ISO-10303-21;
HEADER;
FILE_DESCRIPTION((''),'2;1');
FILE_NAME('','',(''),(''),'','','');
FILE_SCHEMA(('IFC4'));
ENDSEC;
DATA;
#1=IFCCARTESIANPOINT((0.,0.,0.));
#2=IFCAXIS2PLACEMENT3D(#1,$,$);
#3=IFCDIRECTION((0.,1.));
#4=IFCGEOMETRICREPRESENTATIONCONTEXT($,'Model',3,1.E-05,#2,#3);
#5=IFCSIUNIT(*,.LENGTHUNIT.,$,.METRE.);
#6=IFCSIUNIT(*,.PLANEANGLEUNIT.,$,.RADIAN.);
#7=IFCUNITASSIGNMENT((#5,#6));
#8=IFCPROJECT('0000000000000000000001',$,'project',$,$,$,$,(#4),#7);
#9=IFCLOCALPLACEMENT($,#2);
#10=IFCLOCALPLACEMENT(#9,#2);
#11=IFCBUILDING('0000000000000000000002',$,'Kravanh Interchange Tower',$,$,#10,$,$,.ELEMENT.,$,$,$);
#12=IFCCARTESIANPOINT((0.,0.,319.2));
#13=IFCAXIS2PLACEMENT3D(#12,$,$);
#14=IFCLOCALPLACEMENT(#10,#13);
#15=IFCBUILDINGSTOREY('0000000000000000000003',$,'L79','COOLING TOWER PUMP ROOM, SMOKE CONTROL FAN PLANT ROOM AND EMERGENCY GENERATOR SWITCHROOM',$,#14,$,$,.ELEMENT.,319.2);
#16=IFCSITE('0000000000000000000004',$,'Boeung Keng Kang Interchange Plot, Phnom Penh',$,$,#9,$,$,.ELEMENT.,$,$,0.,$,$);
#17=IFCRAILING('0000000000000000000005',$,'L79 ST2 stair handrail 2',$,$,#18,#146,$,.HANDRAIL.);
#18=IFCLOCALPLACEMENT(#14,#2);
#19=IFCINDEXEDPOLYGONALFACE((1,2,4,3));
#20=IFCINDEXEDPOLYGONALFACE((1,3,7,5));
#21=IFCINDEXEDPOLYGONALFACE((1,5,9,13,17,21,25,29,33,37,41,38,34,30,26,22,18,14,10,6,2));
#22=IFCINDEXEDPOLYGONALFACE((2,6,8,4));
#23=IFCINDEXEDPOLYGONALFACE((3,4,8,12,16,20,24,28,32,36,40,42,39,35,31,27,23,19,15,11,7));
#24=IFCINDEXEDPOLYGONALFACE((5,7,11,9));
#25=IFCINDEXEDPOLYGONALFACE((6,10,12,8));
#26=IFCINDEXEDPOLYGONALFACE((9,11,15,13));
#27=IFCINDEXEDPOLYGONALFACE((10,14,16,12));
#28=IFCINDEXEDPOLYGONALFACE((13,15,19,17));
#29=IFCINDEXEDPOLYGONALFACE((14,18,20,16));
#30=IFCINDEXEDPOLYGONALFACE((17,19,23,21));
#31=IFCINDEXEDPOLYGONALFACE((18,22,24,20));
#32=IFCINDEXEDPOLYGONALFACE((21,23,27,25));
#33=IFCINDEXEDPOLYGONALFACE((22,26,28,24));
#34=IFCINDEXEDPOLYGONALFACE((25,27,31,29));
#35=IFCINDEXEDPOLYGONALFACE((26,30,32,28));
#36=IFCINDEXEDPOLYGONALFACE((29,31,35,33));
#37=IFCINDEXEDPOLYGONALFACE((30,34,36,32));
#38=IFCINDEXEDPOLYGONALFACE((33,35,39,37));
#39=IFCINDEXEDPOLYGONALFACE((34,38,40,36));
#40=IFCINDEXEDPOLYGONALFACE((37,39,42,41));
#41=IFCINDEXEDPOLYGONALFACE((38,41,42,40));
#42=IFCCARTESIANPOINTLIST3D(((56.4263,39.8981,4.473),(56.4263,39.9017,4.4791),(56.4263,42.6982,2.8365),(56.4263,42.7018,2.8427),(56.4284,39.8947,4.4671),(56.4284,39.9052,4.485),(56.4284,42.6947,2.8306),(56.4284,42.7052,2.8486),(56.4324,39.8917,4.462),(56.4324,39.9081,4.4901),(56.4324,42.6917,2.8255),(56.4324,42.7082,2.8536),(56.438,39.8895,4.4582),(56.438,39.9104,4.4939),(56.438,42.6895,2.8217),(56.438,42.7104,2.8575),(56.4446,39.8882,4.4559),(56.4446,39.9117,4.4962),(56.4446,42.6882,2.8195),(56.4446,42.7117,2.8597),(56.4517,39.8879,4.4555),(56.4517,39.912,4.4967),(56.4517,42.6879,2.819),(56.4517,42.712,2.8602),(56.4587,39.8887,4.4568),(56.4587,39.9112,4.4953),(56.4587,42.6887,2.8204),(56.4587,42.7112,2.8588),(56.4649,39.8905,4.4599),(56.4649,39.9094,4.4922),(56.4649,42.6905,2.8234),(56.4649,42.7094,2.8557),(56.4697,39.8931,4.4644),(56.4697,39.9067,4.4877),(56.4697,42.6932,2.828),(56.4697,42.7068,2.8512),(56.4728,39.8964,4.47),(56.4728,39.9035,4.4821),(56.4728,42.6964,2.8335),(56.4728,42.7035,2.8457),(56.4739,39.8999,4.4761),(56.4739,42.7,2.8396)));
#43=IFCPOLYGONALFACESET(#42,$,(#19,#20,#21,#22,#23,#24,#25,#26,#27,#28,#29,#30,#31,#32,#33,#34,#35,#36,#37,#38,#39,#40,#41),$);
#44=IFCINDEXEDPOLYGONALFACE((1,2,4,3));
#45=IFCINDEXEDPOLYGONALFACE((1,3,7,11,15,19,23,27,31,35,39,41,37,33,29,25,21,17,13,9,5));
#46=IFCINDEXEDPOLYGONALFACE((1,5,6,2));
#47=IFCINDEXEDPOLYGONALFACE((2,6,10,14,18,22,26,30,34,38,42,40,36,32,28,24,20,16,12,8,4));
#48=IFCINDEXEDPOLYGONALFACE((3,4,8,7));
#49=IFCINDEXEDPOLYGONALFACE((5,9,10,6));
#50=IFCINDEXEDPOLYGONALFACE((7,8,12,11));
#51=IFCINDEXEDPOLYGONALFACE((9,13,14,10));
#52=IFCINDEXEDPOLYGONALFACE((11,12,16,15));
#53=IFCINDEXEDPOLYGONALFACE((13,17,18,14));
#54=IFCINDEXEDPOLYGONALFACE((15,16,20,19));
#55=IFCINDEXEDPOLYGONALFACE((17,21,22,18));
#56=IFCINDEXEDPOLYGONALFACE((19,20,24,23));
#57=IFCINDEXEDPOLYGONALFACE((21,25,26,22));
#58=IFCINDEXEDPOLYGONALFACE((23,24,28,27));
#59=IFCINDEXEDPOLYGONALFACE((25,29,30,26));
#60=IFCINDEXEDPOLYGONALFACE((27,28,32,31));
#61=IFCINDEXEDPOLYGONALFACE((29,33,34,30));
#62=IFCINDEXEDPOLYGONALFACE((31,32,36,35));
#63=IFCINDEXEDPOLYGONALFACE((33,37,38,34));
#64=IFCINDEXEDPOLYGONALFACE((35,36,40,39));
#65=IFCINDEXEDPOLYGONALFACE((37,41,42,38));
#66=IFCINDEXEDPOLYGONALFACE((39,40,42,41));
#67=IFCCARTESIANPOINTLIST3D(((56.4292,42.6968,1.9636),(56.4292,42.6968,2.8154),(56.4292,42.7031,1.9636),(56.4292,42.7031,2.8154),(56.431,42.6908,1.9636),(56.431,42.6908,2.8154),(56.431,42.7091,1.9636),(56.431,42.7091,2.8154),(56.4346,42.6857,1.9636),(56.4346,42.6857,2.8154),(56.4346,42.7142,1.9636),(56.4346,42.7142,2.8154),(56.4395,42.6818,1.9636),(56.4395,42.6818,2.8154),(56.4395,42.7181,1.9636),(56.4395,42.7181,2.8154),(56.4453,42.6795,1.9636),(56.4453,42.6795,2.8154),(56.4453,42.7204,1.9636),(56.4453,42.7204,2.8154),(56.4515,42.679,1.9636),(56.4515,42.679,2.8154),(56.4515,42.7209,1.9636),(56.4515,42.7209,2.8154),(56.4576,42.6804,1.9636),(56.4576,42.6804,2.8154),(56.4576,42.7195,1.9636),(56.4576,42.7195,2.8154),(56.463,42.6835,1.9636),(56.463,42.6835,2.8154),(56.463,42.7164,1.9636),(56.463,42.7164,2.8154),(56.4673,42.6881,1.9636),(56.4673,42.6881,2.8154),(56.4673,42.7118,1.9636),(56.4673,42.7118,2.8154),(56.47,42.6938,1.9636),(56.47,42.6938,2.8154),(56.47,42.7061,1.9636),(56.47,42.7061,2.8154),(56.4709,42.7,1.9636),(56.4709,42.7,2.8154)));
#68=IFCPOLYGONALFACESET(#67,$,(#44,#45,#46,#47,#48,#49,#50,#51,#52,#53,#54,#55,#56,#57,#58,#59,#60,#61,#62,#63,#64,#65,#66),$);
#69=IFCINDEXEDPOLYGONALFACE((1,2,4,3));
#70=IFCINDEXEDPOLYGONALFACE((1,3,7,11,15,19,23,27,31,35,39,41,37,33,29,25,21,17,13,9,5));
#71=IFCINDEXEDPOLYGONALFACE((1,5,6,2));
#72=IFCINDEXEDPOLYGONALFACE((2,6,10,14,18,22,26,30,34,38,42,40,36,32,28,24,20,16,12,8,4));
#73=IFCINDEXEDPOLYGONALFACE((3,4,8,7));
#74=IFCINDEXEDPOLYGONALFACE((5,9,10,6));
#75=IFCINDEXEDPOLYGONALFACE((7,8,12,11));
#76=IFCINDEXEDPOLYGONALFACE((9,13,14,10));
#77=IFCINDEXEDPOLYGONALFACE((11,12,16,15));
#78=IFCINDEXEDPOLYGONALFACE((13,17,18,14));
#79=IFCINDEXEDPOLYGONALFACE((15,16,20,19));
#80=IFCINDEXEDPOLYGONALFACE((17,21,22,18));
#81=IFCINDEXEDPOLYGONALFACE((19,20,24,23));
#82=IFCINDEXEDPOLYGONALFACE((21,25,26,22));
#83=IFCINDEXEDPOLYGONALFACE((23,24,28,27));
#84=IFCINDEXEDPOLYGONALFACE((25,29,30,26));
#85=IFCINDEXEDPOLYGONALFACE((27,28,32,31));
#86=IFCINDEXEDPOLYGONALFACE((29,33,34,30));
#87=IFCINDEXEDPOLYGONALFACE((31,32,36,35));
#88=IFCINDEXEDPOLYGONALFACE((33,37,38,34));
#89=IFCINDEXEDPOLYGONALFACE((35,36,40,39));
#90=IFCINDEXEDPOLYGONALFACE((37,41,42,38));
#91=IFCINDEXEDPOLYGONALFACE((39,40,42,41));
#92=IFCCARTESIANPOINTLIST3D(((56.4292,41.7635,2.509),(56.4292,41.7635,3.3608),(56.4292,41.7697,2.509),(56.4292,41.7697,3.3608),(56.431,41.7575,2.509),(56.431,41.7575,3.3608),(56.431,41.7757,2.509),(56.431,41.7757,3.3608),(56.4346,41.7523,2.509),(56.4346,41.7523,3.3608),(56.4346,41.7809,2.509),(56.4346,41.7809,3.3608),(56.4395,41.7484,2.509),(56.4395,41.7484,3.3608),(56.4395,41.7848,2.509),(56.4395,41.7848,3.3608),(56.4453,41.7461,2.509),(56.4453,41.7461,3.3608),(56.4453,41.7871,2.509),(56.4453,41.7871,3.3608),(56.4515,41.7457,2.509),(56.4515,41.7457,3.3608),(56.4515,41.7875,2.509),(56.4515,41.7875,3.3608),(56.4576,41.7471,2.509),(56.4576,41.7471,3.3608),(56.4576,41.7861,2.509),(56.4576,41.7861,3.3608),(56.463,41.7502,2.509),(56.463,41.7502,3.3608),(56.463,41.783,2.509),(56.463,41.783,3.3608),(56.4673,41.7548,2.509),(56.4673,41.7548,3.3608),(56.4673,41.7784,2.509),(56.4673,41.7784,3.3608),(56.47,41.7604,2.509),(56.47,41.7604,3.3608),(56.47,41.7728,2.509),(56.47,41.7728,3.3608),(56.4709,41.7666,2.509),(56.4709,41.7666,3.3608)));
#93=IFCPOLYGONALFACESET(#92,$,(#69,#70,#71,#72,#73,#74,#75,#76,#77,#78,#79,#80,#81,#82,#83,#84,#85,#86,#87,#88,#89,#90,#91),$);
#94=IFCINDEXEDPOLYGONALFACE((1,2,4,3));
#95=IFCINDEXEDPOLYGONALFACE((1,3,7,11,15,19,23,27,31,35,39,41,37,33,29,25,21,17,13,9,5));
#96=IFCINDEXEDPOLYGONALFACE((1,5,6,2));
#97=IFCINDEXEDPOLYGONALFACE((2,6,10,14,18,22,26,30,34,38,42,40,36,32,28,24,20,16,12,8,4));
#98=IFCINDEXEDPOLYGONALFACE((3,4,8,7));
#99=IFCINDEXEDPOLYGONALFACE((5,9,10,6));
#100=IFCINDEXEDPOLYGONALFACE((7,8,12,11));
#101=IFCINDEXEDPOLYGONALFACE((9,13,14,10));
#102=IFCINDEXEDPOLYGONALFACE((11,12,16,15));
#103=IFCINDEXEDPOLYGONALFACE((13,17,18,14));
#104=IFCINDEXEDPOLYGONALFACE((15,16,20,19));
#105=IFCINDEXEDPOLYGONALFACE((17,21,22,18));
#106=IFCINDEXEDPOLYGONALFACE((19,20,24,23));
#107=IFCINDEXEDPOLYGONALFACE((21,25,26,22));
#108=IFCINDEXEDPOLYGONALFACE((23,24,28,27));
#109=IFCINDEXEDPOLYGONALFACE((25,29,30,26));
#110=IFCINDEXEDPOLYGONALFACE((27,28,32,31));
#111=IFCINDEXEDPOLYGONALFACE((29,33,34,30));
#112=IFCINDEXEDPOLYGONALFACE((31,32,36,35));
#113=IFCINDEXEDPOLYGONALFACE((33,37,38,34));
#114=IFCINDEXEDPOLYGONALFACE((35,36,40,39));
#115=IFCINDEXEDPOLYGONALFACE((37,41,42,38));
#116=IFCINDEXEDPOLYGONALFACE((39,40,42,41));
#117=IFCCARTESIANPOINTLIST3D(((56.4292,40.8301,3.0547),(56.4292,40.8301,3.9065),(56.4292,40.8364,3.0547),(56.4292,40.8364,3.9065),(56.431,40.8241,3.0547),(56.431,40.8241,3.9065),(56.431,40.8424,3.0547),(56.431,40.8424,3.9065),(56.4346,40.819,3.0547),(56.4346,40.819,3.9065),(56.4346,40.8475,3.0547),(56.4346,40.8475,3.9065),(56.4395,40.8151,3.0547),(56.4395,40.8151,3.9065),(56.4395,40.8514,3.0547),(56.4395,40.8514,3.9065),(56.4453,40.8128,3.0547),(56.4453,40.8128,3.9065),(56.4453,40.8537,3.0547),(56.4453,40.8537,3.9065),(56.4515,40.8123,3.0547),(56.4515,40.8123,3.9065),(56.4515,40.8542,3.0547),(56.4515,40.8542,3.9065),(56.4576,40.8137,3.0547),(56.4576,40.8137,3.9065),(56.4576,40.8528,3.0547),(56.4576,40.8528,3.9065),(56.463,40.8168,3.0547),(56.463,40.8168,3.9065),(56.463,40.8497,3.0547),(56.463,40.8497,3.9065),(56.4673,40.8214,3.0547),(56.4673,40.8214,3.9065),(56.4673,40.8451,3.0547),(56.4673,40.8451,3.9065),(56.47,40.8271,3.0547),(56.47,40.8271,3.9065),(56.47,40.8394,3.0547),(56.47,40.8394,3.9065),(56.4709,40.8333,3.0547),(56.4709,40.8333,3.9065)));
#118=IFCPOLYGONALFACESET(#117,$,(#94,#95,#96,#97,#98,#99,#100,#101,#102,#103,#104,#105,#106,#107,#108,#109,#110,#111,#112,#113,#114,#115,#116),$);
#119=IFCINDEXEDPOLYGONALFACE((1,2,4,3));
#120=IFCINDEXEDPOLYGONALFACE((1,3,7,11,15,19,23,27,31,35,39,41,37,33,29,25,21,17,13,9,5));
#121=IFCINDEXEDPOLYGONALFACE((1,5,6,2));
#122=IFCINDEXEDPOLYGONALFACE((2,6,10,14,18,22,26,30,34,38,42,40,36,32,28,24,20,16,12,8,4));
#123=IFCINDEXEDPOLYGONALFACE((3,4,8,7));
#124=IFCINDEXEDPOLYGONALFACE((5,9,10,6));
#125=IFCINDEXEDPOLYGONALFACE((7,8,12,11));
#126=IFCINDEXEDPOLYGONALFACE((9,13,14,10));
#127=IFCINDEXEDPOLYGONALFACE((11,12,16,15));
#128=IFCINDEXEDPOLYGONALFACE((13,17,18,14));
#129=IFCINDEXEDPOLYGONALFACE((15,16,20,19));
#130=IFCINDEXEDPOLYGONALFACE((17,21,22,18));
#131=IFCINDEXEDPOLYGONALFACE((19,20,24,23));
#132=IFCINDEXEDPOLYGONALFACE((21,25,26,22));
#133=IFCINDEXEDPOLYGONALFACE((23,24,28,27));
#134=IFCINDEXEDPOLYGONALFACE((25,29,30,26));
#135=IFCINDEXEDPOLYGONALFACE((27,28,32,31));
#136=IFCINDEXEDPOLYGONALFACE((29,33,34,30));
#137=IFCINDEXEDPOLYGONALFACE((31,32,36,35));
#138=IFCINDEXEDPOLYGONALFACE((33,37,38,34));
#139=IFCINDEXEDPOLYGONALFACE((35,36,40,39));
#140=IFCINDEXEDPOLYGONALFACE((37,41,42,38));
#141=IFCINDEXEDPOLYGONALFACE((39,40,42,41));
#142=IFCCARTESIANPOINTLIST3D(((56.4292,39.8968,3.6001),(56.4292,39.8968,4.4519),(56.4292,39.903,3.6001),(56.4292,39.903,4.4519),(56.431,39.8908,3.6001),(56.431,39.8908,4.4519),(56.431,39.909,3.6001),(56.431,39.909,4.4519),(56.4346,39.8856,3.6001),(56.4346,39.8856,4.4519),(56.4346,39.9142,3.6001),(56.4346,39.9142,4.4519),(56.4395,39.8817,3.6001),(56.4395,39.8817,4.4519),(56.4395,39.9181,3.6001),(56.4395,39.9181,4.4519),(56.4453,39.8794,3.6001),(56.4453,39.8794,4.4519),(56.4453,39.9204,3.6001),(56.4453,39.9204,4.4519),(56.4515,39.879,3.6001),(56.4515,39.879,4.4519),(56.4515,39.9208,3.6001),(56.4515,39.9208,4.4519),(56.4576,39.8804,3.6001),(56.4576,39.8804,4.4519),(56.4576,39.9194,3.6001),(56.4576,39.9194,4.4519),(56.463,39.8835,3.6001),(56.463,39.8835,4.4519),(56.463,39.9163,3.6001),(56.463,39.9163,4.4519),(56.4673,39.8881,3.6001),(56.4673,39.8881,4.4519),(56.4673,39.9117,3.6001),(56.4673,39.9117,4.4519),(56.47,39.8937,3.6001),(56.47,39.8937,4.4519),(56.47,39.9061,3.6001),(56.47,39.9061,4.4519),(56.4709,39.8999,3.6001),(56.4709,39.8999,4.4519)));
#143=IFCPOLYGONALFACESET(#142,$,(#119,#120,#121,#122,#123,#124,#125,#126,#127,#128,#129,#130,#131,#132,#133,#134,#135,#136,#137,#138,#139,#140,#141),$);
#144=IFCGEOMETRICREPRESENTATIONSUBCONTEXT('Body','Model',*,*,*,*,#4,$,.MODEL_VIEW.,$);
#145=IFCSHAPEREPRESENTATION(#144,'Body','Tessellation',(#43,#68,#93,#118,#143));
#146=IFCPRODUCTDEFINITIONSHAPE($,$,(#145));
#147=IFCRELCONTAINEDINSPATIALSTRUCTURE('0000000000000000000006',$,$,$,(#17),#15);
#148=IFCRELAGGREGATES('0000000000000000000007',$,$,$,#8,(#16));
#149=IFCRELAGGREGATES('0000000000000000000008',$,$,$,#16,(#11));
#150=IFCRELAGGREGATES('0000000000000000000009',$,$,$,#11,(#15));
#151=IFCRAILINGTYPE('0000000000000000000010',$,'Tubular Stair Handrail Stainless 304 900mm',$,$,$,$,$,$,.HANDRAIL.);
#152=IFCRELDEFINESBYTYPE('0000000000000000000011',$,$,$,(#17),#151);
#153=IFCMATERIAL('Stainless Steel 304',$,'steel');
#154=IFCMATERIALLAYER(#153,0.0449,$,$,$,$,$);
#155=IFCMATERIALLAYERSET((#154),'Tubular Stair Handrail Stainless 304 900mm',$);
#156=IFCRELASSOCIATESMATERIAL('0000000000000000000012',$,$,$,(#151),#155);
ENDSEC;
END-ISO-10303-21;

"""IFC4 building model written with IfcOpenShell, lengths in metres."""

from ifc_helpers import new_model, si_unit, direction, frame, origin, origin_2d, place, context, subcontext, project, spatial, circle, extrude, material, layer, layer_set, type_object, element, save


model = new_model("IFC4")

# Units and contexts
model_context = context("Model", 3, precision=1e-05, world=origin(), true_north=direction((0.0, 1.0)))
body_context = subcontext(model_context, "Body", "Model", "MODEL_VIEW")
ifc_project = project(units=[si_unit("LENGTHUNIT", "METRE"), si_unit("PLANEANGLEUNIT", "RADIAN")], contexts=[model_context])

# Site, building, storey
site_placement = place(None, origin())
site = spatial("IfcSite", under=ifc_project, at=site_placement, Name="Boeung Keng Kang Interchange Plot, Phnom Penh", CompositionType="ELEMENT", RefElevation=0.0)
building_placement = place(site_placement, origin())
building = spatial("IfcBuilding", under=site, at=building_placement, Name="Kravanh Interchange Tower", CompositionType="ELEMENT")
storey_placement = place(building_placement, frame((0.0, 0.0, 319.2)))
storey = spatial("IfcBuildingStorey", under=building, at=storey_placement, Name="L79", Description="COOLING TOWER PUMP ROOM, SMOKE CONTROL FAN PLANT ROOM AND EMERGENCY GENERATOR SWITCHROOM", CompositionType="ELEMENT", Elevation=319.2)

# Railing
ifc_material_1 = material(Name="Stainless Steel 304", Category="steel")
ifc_layer_1 = layer(ifc_material_1, 0.0449)
ifc_layer_set_1 = layer_set([ifc_layer_1], Name="Tubular Stair Handrail Stainless 304 900mm")
railing_type_1 = type_object("IfcRailingType", Name="Tubular Stair Handrail Stainless 304 900mm", PredefinedType="HANDRAIL", material=ifc_layer_set_1)
railing_1_placement = place(storey_placement, frame((56.45, 42.7, 1.9636)))
element("IfcRailing", 1, at=railing_1_placement, inside=storey, type_object=railing_type_1, Name="L79 ST2 stair handrail 2", PredefinedType="HANDRAIL", context=body_context, shape_type="SweptSolid", body=[
    extrude(circle(Radius=0.0239, at=origin_2d()), frame((0.0, 0.0, 0.876), z_axis=(0.0, -0.863361, 0.504587), x_axis=(1.0, 0.0, 0.0)), (0.0, 0.0, 1.0), 3.2432),
    extrude(circle(Radius=0.021, at=origin_2d()), origin(), (0.0, 0.0, 1.0), 0.8518),
    extrude(circle(Radius=0.021, at=origin_2d()), frame((0.0, -0.9333, 0.5454)), (0.0, 0.0, 1.0), 0.8518),
    extrude(circle(Radius=0.021, at=origin_2d()), frame((0.0, -1.8667, 1.0911)), (0.0, 0.0, 1.0), 0.8518),
    extrude(circle(Radius=0.021, at=origin_2d()), frame((0.0, -2.8, 1.6365)), (0.0, 0.0, 1.0), 0.8518),
])

save(model, "model.ifc")
